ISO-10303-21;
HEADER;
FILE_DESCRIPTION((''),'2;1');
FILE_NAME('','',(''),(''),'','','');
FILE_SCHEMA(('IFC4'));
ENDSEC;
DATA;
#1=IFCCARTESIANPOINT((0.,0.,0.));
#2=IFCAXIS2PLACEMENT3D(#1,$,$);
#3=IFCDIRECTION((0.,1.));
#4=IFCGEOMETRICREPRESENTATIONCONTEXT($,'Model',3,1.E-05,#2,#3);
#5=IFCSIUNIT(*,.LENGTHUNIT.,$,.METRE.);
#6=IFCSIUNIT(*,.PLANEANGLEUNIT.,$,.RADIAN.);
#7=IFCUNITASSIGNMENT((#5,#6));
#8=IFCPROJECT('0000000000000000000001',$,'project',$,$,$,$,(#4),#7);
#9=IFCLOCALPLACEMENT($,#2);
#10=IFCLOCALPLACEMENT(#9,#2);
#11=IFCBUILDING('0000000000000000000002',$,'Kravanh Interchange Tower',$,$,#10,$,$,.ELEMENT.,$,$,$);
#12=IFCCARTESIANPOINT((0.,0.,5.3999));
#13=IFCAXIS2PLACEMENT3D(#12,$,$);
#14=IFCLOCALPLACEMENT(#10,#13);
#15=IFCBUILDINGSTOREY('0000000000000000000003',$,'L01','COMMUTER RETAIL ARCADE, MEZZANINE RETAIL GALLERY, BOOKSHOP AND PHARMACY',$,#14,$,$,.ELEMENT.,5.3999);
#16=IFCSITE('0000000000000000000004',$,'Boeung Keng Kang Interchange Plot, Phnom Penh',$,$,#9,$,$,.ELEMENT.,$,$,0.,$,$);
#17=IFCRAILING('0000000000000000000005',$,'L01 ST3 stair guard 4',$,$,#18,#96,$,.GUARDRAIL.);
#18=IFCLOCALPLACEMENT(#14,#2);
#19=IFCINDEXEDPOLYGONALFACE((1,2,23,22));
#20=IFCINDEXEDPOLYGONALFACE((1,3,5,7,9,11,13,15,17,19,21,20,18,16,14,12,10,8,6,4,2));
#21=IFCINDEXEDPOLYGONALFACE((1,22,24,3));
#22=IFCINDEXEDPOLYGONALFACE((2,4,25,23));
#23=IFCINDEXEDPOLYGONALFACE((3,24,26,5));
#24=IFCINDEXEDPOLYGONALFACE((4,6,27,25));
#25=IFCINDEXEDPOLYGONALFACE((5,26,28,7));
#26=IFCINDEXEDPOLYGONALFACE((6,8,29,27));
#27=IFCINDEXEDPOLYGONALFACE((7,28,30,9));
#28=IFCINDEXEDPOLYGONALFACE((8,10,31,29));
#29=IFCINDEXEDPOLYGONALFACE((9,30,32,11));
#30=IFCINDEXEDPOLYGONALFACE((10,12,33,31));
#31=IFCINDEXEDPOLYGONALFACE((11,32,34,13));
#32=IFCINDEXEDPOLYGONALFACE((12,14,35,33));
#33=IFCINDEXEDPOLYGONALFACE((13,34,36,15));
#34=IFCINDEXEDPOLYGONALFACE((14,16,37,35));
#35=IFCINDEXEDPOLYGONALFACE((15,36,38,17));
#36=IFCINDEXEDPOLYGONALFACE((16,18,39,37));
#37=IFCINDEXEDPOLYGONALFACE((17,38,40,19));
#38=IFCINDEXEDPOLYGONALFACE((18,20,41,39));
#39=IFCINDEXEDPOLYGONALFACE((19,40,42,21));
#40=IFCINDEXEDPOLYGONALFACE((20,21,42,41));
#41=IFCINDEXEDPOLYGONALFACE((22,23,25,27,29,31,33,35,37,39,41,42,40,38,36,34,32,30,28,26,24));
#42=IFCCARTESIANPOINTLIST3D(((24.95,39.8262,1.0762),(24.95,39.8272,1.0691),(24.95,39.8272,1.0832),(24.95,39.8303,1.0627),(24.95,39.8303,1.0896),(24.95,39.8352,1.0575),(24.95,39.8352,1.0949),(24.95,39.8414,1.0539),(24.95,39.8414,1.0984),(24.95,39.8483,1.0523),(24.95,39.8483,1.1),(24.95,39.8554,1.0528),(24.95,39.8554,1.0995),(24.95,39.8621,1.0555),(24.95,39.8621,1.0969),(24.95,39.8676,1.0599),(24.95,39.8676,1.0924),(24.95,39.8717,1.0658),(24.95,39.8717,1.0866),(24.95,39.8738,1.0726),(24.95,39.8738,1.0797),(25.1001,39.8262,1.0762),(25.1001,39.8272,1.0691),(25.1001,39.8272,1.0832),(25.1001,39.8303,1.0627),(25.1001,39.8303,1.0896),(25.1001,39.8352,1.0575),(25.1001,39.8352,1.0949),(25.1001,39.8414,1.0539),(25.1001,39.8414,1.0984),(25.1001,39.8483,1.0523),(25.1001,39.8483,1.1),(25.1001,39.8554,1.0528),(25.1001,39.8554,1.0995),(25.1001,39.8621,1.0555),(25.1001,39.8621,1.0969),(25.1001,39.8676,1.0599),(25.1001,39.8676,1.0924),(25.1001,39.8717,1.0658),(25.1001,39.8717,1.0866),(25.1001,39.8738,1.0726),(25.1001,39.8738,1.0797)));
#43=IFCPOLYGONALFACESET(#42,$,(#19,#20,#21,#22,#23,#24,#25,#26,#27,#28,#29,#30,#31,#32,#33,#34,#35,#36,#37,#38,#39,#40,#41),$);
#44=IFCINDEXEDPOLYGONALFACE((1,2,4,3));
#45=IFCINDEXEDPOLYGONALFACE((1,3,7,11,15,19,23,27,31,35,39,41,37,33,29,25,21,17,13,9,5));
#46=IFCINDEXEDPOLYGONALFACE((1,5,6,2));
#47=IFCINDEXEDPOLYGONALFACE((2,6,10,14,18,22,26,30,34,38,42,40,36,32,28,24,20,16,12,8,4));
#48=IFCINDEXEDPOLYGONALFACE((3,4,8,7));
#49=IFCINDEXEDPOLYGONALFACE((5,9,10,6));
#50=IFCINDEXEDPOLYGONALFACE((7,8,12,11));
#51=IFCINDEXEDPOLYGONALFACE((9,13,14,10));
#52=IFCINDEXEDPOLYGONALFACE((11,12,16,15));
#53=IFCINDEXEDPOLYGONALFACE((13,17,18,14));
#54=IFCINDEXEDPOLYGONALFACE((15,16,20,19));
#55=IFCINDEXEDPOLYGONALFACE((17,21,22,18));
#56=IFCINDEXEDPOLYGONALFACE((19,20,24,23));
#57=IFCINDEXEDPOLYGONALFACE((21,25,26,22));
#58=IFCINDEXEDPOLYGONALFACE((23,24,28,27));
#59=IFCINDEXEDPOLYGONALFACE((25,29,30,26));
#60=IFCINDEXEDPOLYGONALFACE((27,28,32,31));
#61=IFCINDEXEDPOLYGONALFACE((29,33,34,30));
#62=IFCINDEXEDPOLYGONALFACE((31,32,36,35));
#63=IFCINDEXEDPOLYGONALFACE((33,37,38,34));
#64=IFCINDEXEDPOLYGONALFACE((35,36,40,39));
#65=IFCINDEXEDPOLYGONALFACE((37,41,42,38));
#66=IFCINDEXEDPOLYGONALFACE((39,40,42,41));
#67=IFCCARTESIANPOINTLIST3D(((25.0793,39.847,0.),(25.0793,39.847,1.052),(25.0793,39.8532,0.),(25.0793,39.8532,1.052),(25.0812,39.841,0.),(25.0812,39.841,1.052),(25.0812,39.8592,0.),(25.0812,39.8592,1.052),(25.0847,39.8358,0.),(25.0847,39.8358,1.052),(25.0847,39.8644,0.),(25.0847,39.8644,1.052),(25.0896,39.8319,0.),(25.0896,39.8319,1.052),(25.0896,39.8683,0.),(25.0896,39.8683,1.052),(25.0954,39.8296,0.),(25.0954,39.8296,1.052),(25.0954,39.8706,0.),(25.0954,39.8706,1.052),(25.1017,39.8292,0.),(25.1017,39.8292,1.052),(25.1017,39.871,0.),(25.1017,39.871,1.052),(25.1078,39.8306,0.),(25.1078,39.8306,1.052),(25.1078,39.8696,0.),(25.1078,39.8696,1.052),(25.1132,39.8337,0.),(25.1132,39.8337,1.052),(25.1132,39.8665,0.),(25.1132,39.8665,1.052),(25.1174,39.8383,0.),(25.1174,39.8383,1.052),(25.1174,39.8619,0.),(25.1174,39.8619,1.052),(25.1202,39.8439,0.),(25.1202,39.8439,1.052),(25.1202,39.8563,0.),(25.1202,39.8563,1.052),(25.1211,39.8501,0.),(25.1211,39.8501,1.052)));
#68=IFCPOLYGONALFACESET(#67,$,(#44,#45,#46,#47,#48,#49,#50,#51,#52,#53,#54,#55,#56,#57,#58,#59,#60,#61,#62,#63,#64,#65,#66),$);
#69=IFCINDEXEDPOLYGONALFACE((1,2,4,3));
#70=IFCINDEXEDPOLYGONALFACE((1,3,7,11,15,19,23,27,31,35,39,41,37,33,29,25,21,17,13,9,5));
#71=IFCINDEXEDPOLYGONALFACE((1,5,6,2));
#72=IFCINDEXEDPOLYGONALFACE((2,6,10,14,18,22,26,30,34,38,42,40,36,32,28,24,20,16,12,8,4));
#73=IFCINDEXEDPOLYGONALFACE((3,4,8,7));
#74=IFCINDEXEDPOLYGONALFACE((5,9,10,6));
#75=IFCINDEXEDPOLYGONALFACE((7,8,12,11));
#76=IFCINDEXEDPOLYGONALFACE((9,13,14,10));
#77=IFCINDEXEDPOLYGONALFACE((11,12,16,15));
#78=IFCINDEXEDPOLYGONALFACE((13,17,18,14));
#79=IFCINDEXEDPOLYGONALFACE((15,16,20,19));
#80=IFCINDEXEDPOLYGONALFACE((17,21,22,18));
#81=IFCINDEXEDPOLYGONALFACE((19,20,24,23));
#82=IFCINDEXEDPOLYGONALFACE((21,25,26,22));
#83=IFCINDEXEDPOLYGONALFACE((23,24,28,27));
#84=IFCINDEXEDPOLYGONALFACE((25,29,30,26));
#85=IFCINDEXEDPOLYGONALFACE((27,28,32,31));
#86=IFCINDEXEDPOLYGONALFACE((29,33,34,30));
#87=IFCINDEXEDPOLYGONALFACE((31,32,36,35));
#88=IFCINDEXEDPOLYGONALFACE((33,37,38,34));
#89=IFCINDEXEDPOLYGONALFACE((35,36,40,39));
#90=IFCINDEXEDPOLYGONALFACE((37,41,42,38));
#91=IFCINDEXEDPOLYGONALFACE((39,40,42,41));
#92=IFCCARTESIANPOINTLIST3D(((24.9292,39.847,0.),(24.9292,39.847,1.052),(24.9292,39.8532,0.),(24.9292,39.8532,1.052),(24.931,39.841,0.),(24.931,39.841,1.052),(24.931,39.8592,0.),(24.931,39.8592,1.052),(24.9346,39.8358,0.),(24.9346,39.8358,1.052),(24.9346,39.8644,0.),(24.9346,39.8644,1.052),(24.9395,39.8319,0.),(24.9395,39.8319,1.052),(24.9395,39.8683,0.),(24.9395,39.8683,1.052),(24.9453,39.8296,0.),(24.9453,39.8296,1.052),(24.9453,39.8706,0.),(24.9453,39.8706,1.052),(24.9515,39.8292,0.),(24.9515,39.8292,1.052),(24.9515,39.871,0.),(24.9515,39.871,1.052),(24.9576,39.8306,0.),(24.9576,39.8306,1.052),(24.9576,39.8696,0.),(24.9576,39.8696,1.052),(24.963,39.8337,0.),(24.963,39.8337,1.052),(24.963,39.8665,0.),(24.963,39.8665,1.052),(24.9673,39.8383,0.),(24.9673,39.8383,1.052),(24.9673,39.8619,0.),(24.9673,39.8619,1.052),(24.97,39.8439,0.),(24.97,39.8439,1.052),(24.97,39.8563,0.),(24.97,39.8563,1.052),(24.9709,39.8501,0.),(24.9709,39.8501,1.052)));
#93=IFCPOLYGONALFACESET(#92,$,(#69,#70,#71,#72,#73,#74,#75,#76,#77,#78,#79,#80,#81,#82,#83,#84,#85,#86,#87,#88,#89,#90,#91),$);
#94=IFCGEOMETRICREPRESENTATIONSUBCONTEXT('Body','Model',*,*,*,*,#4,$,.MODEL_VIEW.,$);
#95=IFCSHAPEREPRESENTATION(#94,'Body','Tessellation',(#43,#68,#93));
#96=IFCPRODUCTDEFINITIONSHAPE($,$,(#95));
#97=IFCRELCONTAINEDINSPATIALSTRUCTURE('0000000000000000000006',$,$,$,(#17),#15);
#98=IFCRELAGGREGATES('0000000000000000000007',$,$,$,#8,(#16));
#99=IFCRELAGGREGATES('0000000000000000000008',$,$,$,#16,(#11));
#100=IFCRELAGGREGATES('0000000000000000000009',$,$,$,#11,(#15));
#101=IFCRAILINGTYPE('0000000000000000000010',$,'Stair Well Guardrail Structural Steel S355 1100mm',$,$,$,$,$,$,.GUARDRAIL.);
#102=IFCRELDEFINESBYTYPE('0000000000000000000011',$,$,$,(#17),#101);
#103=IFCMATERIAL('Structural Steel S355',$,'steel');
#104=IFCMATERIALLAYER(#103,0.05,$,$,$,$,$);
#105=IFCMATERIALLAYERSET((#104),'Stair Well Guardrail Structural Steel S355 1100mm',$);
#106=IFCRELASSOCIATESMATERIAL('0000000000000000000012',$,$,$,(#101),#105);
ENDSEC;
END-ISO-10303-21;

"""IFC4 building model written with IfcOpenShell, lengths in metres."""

from ifc_helpers import new_model, si_unit, direction, frame, origin, origin_2d, place, context, subcontext, project, spatial, circle, extrude, material, layer, layer_set, type_object, element, save


model = new_model("IFC4")

# Units and contexts
model_context = context("Model", 3, precision=1e-05, world=origin(), true_north=direction((0.0, 1.0)))
body_context = subcontext(model_context, "Body", "Model", "MODEL_VIEW")
ifc_project = project(units=[si_unit("LENGTHUNIT", "METRE"), si_unit("PLANEANGLEUNIT", "RADIAN")], contexts=[model_context])

# Site, building, storey
site_placement = place(None, origin())
site = spatial("IfcSite", under=ifc_project, at=site_placement, Name="Boeung Keng Kang Interchange Plot, Phnom Penh", CompositionType="ELEMENT", RefElevation=0.0)
building_placement = place(site_placement, origin())
building = spatial("IfcBuilding", under=site, at=building_placement, Name="Kravanh Interchange Tower", CompositionType="ELEMENT")
storey_placement = place(building_placement, frame((0.0, 0.0, 5.3999)))
storey = spatial("IfcBuildingStorey", under=building, at=storey_placement, Name="L01", Description="COMMUTER RETAIL ARCADE, MEZZANINE RETAIL GALLERY, BOOKSHOP AND PHARMACY", CompositionType="ELEMENT", Elevation=5.3999)

# Railing
ifc_material_1 = material(Name="Structural Steel S355", Category="steel")
ifc_layer_1 = layer(ifc_material_1, 0.05)
ifc_layer_set_1 = layer_set([ifc_layer_1], Name="Stair Well Guardrail Structural Steel S355 1100mm")
railing_type_1 = type_object("IfcRailingType", Name="Stair Well Guardrail Structural Steel S355 1100mm", PredefinedType="GUARDRAIL", material=ifc_layer_set_1)
railing_1_placement = place(storey_placement, frame((25.1001, 39.8501, 0.0)))
element("IfcRailing", 1, at=railing_1_placement, inside=storey, type_object=railing_type_1, Name="L01 ST3 stair guard 4", PredefinedType="GUARDRAIL", context=body_context, shape_type="SweptSolid", body=[
    extrude(circle(Radius=0.0239, at=origin_2d()), frame((0.0, 0.0, 1.0762), z_axis=(-1.0, 0.0, 0.0), x_axis=(0.0, -1.0, 0.0)), (0.0, 0.0, 1.0), 0.1501),
    extrude(circle(Radius=0.021, at=origin_2d()), origin(), (0.0, 0.0, 1.0), 1.052),
    extrude(circle(Radius=0.021, at=origin_2d()), frame((-0.1501, 0.0, 0.0)), (0.0, 0.0, 1.0), 1.052),
])

save(model, "model.ifc")
